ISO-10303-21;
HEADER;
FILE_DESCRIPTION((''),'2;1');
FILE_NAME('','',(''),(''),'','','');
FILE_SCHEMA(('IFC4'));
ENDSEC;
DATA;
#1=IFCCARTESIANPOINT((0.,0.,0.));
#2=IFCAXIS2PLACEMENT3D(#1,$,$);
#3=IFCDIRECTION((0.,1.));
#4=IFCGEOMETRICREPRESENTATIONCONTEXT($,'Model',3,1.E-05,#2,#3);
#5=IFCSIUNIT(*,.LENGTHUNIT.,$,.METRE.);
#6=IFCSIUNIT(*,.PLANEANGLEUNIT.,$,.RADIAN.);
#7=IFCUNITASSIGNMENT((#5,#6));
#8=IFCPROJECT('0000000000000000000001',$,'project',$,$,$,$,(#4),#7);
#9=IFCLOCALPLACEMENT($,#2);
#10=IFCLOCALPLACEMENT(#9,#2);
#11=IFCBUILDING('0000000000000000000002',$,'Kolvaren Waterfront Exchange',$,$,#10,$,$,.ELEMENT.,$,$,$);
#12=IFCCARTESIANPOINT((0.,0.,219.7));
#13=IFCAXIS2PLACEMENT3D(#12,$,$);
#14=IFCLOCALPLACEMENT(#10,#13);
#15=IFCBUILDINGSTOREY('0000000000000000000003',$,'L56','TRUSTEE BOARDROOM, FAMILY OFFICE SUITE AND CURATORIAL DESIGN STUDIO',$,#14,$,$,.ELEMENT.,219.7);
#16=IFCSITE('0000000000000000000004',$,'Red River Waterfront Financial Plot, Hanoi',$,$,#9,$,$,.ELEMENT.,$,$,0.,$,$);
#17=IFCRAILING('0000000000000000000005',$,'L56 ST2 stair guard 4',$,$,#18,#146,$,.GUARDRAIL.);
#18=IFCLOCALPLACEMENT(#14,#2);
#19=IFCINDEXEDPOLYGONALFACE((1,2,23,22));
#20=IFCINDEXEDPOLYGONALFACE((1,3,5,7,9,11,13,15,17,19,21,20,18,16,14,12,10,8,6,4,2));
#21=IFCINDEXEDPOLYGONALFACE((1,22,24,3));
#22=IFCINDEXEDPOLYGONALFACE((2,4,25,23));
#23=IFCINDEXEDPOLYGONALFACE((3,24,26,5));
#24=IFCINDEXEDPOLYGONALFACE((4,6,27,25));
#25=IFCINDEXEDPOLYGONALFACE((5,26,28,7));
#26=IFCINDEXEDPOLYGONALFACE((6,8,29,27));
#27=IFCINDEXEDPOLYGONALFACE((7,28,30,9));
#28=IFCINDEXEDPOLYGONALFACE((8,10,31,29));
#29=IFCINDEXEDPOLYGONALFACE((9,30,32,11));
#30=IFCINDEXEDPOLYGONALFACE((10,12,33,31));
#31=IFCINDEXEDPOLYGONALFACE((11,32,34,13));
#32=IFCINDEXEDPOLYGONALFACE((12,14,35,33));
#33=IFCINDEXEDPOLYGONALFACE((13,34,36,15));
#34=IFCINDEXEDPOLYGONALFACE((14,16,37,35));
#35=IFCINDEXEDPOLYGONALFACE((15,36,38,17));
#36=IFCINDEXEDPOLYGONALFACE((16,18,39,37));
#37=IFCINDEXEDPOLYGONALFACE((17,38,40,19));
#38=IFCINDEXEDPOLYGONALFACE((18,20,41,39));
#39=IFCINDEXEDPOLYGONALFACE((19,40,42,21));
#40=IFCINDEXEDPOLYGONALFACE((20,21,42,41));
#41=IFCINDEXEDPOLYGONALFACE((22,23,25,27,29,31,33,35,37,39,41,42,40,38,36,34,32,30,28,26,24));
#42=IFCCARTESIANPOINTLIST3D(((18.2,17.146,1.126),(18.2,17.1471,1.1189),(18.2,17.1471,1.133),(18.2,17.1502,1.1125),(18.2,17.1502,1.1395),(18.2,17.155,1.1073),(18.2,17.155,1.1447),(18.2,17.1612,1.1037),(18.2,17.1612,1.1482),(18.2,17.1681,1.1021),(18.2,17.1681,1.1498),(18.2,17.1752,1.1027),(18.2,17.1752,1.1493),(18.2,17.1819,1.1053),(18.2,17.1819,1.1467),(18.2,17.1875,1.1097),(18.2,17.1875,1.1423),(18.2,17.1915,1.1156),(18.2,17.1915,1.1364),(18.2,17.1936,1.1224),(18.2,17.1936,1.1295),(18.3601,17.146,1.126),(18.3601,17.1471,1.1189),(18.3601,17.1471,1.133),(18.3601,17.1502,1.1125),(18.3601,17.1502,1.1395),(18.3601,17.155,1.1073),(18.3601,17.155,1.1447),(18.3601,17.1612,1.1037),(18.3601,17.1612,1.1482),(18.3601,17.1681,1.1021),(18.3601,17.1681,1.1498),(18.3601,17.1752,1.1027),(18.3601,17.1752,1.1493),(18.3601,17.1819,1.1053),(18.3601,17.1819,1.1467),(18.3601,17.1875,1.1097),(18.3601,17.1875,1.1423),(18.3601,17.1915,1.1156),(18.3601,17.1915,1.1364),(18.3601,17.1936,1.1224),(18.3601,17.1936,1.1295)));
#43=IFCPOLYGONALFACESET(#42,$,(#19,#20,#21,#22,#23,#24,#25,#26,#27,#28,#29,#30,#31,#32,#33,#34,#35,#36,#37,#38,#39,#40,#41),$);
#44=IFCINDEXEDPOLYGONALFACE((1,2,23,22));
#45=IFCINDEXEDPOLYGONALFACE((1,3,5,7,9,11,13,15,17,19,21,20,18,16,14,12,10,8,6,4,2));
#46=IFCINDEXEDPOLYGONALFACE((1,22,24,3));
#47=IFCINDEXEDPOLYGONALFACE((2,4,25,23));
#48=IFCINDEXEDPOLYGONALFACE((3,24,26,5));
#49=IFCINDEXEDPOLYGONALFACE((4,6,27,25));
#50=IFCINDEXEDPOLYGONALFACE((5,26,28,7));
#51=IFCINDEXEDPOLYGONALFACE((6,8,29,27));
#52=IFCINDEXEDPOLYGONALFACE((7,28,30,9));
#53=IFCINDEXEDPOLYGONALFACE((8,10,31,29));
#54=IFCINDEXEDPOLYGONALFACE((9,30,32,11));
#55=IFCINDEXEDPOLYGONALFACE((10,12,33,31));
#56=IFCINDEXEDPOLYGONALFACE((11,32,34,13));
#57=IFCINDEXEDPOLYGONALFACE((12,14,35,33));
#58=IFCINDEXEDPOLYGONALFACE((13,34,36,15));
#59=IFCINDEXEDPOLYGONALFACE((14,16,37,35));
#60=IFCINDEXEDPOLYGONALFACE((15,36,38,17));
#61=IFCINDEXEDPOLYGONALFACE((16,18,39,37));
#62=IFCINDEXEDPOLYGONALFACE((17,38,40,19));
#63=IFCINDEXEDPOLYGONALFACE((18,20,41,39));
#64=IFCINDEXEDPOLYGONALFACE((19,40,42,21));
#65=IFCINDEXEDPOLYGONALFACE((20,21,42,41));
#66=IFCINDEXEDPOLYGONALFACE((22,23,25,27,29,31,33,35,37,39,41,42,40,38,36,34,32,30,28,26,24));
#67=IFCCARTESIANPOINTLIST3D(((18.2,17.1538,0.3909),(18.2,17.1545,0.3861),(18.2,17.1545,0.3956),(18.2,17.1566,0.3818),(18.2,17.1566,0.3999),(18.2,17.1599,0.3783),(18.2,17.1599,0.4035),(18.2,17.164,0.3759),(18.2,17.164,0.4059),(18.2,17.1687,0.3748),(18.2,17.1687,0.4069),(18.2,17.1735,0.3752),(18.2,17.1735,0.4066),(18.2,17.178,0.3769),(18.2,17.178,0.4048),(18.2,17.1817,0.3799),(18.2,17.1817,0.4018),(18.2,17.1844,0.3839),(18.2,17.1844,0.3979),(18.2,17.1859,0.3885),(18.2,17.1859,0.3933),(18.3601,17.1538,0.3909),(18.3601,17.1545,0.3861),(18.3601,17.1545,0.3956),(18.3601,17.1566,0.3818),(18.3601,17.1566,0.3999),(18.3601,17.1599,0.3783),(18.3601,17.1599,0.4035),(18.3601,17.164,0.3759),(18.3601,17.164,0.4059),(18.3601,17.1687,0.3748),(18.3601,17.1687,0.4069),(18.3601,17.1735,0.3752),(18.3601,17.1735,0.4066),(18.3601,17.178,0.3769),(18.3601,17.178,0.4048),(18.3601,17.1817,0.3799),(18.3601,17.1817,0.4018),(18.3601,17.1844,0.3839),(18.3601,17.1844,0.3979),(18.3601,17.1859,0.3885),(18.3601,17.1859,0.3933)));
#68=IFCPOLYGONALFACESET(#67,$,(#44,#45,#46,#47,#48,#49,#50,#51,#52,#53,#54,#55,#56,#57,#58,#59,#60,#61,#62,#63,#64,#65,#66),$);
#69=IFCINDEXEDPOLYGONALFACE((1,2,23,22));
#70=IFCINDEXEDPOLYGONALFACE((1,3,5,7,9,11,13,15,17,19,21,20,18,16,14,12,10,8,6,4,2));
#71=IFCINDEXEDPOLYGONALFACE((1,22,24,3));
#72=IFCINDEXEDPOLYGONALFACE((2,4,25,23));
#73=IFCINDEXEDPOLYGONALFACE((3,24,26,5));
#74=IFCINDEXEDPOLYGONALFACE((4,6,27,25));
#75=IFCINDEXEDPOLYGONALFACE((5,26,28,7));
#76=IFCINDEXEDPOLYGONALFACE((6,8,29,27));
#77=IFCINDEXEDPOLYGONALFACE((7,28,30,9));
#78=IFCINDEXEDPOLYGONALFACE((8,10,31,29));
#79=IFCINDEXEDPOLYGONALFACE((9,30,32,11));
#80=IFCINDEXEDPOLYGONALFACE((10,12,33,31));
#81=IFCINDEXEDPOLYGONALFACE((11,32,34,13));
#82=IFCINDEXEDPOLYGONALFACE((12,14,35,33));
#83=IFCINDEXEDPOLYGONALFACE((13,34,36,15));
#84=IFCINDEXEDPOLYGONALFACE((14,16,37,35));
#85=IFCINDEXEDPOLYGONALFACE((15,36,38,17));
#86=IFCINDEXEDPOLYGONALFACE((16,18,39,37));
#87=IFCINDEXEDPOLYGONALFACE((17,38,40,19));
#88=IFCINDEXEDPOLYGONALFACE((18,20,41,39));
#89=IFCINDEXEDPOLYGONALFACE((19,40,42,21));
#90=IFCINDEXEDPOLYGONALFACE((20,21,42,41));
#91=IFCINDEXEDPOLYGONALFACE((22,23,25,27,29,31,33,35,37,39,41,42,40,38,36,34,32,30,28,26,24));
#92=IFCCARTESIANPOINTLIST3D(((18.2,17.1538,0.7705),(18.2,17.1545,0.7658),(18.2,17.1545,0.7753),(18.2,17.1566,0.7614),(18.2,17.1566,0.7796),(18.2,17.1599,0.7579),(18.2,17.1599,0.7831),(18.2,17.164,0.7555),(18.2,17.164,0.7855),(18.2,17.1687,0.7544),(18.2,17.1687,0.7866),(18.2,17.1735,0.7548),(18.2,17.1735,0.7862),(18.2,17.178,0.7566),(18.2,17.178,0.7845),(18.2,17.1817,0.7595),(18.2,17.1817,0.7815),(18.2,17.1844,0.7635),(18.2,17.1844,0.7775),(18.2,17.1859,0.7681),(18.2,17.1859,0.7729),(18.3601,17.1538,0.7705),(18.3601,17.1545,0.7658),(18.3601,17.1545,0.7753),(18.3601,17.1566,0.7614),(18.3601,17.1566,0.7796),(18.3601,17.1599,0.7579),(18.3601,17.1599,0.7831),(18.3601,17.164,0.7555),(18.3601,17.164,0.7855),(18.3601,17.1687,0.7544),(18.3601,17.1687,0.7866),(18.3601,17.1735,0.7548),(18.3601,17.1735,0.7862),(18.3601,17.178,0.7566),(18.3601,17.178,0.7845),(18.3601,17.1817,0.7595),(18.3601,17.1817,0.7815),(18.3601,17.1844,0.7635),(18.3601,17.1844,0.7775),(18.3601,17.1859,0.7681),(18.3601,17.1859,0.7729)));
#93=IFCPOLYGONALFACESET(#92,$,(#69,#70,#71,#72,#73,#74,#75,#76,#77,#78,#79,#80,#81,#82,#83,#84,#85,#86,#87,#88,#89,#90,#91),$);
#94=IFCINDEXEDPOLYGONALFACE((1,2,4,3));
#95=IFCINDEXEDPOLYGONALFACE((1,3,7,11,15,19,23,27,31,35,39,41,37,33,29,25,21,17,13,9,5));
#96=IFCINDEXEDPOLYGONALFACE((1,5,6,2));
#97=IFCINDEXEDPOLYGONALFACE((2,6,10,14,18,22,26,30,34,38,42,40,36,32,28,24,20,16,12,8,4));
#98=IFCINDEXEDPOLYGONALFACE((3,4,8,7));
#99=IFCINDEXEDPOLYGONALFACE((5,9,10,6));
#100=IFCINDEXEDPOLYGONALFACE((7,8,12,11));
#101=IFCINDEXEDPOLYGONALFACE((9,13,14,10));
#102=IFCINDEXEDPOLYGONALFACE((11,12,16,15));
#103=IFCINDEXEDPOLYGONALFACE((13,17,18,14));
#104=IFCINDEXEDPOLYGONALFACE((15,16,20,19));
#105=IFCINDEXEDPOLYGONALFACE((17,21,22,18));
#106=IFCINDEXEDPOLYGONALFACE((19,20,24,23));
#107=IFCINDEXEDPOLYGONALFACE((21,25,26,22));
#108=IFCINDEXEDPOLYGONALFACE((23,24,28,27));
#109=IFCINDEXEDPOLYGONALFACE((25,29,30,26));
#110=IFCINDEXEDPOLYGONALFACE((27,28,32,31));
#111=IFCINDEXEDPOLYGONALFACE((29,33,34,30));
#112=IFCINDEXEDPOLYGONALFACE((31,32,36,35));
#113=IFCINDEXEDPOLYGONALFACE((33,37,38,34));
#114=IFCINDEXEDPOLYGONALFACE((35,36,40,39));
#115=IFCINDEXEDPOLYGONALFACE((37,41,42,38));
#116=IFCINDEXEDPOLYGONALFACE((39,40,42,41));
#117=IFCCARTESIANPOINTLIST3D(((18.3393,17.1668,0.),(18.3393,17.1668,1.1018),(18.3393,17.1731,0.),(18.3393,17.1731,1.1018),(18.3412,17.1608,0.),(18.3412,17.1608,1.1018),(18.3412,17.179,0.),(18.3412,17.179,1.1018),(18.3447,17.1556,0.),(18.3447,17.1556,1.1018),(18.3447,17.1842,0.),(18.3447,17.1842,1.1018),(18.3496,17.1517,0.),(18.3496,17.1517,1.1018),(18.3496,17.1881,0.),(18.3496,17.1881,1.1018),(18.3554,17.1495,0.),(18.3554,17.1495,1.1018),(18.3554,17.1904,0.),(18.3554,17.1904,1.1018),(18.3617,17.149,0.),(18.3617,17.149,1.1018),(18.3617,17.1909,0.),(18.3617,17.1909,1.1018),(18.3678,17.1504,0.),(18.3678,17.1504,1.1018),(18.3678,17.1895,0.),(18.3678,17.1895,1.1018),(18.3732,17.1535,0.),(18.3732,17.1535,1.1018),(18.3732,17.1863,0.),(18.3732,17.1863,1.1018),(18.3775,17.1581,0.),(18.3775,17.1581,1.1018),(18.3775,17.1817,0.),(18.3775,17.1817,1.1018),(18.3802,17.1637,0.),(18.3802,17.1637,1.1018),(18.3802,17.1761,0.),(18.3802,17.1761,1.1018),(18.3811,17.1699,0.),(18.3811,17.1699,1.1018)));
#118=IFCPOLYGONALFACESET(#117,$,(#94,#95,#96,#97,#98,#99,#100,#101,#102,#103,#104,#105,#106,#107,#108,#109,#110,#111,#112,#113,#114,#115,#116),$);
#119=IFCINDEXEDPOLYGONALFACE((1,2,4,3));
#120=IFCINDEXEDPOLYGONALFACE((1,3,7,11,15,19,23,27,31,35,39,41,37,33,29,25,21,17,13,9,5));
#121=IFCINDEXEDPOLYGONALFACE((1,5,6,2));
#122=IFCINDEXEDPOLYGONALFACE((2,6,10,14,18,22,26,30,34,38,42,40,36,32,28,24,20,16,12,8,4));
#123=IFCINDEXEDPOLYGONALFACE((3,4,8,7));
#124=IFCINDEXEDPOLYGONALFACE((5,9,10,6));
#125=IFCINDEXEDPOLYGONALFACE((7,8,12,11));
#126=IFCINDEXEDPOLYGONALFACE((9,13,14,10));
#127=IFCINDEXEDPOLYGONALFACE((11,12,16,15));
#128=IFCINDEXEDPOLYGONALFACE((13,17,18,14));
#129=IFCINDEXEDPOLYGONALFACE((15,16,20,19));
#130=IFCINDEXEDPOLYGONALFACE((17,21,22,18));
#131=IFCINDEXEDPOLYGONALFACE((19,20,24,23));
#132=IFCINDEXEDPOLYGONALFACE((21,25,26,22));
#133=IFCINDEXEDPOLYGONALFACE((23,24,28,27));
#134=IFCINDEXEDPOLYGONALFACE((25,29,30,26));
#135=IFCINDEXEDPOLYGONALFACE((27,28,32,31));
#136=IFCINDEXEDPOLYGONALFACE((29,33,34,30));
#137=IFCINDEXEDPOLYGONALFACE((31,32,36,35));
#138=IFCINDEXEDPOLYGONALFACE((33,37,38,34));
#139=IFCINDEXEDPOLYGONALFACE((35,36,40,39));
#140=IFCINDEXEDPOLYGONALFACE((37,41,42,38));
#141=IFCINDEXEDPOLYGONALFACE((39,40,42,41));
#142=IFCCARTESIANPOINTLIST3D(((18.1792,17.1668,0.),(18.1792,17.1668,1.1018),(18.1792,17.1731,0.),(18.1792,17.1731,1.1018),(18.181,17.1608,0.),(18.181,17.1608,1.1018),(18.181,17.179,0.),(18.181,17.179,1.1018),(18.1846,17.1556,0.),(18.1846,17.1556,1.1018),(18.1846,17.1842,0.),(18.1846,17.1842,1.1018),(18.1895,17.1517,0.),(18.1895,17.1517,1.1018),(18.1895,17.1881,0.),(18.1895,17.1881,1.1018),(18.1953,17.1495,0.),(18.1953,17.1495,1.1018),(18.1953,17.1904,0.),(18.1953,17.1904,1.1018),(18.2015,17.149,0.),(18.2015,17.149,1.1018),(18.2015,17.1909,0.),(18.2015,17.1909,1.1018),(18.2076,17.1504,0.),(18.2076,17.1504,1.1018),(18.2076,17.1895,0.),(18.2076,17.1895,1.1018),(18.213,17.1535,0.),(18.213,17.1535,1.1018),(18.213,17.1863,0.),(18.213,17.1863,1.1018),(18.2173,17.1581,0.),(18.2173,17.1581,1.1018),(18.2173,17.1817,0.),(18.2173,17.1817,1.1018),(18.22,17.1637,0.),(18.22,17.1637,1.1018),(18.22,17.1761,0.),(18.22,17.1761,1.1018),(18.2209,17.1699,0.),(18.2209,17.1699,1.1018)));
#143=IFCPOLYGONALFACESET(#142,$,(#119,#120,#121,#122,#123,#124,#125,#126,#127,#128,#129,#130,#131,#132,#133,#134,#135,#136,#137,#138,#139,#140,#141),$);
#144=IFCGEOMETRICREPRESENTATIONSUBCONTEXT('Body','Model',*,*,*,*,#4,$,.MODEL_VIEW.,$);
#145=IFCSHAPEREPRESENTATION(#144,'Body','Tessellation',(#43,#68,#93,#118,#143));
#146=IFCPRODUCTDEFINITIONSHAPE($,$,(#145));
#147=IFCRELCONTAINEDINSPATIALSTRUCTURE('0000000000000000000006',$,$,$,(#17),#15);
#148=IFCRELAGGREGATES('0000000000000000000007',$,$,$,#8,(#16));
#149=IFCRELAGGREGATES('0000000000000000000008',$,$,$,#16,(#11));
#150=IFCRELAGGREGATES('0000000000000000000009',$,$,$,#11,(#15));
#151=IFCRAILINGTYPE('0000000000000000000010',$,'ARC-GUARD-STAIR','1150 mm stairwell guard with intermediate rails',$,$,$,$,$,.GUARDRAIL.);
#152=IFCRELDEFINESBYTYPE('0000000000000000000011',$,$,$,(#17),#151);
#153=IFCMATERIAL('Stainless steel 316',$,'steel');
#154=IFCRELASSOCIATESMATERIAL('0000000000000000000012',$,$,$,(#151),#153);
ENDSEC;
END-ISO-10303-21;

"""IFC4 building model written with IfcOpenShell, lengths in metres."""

from ifc_helpers import new_model, si_unit, direction, frame, origin, origin_2d, place, context, subcontext, project, spatial, circle, extrude, material, type_object, element, save


model = new_model("IFC4")

# Units and contexts
model_context = context("Model", 3, precision=1e-05, world=origin(), true_north=direction((0.0, 1.0)))
body_context = subcontext(model_context, "Body", "Model", "MODEL_VIEW")
ifc_project = project(units=[si_unit("LENGTHUNIT", "METRE"), si_unit("PLANEANGLEUNIT", "RADIAN")], contexts=[model_context])

# Site, building, storey
site_placement = place(None, origin())
site = spatial("IfcSite", under=ifc_project, at=site_placement, Name="Red River Waterfront Financial Plot, Hanoi", CompositionType="ELEMENT", RefElevation=0.0)
building_placement = place(site_placement, origin())
building = spatial("IfcBuilding", under=site, at=building_placement, Name="Kolvaren Waterfront Exchange", CompositionType="ELEMENT")
storey_placement = place(building_placement, frame((0.0, 0.0, 219.7)))
storey = spatial("IfcBuildingStorey", under=building, at=storey_placement, Name="L56", Description="TRUSTEE BOARDROOM, FAMILY OFFICE SUITE AND CURATORIAL DESIGN STUDIO", CompositionType="ELEMENT", Elevation=219.7)

# Railing
ifc_material_1 = material(Name="Stainless steel 316", Category="steel")
railing_type_1 = type_object("IfcRailingType", Name="ARC-GUARD-STAIR", Description="1150 mm stairwell guard with intermediate rails", PredefinedType="GUARDRAIL", material=ifc_material_1)
railing_1_placement = place(storey_placement, frame((18.3601, 17.1699, 0.0)))
element("IfcRailing", 1, at=railing_1_placement, inside=storey, type_object=railing_type_1, Name="L56 ST2 stair guard 4", PredefinedType="GUARDRAIL", context=body_context, shape_type="SweptSolid", body=[
    extrude(circle(Radius=0.0239, at=origin_2d()), frame((0.0, 0.0, 1.126), z_axis=(-1.0, 0.0, 0.0), x_axis=(0.0, -1.0, 0.0)), (0.0, 0.0, 1.0), 0.1602),
    extrude(circle(Radius=0.0161, at=origin_2d()), frame((0.0, 0.0, 0.3909), z_axis=(-1.0, 0.0, 0.0), x_axis=(0.0, -1.0, 0.0)), (0.0, 0.0, 1.0), 0.1602),
    extrude(circle(Radius=0.0161, at=origin_2d()), frame((0.0, 0.0, 0.7705), z_axis=(-1.0, 0.0, 0.0), x_axis=(0.0, -1.0, 0.0)), (0.0, 0.0, 1.0), 0.1602),
    extrude(circle(Radius=0.021, at=origin_2d()), origin(), (0.0, 0.0, 1.0), 1.1018),
    extrude(circle(Radius=0.021, at=origin_2d()), frame((-0.1602, 0.0, 0.0)), (0.0, 0.0, 1.0), 1.1018),
])

save(model, "model.ifc")
